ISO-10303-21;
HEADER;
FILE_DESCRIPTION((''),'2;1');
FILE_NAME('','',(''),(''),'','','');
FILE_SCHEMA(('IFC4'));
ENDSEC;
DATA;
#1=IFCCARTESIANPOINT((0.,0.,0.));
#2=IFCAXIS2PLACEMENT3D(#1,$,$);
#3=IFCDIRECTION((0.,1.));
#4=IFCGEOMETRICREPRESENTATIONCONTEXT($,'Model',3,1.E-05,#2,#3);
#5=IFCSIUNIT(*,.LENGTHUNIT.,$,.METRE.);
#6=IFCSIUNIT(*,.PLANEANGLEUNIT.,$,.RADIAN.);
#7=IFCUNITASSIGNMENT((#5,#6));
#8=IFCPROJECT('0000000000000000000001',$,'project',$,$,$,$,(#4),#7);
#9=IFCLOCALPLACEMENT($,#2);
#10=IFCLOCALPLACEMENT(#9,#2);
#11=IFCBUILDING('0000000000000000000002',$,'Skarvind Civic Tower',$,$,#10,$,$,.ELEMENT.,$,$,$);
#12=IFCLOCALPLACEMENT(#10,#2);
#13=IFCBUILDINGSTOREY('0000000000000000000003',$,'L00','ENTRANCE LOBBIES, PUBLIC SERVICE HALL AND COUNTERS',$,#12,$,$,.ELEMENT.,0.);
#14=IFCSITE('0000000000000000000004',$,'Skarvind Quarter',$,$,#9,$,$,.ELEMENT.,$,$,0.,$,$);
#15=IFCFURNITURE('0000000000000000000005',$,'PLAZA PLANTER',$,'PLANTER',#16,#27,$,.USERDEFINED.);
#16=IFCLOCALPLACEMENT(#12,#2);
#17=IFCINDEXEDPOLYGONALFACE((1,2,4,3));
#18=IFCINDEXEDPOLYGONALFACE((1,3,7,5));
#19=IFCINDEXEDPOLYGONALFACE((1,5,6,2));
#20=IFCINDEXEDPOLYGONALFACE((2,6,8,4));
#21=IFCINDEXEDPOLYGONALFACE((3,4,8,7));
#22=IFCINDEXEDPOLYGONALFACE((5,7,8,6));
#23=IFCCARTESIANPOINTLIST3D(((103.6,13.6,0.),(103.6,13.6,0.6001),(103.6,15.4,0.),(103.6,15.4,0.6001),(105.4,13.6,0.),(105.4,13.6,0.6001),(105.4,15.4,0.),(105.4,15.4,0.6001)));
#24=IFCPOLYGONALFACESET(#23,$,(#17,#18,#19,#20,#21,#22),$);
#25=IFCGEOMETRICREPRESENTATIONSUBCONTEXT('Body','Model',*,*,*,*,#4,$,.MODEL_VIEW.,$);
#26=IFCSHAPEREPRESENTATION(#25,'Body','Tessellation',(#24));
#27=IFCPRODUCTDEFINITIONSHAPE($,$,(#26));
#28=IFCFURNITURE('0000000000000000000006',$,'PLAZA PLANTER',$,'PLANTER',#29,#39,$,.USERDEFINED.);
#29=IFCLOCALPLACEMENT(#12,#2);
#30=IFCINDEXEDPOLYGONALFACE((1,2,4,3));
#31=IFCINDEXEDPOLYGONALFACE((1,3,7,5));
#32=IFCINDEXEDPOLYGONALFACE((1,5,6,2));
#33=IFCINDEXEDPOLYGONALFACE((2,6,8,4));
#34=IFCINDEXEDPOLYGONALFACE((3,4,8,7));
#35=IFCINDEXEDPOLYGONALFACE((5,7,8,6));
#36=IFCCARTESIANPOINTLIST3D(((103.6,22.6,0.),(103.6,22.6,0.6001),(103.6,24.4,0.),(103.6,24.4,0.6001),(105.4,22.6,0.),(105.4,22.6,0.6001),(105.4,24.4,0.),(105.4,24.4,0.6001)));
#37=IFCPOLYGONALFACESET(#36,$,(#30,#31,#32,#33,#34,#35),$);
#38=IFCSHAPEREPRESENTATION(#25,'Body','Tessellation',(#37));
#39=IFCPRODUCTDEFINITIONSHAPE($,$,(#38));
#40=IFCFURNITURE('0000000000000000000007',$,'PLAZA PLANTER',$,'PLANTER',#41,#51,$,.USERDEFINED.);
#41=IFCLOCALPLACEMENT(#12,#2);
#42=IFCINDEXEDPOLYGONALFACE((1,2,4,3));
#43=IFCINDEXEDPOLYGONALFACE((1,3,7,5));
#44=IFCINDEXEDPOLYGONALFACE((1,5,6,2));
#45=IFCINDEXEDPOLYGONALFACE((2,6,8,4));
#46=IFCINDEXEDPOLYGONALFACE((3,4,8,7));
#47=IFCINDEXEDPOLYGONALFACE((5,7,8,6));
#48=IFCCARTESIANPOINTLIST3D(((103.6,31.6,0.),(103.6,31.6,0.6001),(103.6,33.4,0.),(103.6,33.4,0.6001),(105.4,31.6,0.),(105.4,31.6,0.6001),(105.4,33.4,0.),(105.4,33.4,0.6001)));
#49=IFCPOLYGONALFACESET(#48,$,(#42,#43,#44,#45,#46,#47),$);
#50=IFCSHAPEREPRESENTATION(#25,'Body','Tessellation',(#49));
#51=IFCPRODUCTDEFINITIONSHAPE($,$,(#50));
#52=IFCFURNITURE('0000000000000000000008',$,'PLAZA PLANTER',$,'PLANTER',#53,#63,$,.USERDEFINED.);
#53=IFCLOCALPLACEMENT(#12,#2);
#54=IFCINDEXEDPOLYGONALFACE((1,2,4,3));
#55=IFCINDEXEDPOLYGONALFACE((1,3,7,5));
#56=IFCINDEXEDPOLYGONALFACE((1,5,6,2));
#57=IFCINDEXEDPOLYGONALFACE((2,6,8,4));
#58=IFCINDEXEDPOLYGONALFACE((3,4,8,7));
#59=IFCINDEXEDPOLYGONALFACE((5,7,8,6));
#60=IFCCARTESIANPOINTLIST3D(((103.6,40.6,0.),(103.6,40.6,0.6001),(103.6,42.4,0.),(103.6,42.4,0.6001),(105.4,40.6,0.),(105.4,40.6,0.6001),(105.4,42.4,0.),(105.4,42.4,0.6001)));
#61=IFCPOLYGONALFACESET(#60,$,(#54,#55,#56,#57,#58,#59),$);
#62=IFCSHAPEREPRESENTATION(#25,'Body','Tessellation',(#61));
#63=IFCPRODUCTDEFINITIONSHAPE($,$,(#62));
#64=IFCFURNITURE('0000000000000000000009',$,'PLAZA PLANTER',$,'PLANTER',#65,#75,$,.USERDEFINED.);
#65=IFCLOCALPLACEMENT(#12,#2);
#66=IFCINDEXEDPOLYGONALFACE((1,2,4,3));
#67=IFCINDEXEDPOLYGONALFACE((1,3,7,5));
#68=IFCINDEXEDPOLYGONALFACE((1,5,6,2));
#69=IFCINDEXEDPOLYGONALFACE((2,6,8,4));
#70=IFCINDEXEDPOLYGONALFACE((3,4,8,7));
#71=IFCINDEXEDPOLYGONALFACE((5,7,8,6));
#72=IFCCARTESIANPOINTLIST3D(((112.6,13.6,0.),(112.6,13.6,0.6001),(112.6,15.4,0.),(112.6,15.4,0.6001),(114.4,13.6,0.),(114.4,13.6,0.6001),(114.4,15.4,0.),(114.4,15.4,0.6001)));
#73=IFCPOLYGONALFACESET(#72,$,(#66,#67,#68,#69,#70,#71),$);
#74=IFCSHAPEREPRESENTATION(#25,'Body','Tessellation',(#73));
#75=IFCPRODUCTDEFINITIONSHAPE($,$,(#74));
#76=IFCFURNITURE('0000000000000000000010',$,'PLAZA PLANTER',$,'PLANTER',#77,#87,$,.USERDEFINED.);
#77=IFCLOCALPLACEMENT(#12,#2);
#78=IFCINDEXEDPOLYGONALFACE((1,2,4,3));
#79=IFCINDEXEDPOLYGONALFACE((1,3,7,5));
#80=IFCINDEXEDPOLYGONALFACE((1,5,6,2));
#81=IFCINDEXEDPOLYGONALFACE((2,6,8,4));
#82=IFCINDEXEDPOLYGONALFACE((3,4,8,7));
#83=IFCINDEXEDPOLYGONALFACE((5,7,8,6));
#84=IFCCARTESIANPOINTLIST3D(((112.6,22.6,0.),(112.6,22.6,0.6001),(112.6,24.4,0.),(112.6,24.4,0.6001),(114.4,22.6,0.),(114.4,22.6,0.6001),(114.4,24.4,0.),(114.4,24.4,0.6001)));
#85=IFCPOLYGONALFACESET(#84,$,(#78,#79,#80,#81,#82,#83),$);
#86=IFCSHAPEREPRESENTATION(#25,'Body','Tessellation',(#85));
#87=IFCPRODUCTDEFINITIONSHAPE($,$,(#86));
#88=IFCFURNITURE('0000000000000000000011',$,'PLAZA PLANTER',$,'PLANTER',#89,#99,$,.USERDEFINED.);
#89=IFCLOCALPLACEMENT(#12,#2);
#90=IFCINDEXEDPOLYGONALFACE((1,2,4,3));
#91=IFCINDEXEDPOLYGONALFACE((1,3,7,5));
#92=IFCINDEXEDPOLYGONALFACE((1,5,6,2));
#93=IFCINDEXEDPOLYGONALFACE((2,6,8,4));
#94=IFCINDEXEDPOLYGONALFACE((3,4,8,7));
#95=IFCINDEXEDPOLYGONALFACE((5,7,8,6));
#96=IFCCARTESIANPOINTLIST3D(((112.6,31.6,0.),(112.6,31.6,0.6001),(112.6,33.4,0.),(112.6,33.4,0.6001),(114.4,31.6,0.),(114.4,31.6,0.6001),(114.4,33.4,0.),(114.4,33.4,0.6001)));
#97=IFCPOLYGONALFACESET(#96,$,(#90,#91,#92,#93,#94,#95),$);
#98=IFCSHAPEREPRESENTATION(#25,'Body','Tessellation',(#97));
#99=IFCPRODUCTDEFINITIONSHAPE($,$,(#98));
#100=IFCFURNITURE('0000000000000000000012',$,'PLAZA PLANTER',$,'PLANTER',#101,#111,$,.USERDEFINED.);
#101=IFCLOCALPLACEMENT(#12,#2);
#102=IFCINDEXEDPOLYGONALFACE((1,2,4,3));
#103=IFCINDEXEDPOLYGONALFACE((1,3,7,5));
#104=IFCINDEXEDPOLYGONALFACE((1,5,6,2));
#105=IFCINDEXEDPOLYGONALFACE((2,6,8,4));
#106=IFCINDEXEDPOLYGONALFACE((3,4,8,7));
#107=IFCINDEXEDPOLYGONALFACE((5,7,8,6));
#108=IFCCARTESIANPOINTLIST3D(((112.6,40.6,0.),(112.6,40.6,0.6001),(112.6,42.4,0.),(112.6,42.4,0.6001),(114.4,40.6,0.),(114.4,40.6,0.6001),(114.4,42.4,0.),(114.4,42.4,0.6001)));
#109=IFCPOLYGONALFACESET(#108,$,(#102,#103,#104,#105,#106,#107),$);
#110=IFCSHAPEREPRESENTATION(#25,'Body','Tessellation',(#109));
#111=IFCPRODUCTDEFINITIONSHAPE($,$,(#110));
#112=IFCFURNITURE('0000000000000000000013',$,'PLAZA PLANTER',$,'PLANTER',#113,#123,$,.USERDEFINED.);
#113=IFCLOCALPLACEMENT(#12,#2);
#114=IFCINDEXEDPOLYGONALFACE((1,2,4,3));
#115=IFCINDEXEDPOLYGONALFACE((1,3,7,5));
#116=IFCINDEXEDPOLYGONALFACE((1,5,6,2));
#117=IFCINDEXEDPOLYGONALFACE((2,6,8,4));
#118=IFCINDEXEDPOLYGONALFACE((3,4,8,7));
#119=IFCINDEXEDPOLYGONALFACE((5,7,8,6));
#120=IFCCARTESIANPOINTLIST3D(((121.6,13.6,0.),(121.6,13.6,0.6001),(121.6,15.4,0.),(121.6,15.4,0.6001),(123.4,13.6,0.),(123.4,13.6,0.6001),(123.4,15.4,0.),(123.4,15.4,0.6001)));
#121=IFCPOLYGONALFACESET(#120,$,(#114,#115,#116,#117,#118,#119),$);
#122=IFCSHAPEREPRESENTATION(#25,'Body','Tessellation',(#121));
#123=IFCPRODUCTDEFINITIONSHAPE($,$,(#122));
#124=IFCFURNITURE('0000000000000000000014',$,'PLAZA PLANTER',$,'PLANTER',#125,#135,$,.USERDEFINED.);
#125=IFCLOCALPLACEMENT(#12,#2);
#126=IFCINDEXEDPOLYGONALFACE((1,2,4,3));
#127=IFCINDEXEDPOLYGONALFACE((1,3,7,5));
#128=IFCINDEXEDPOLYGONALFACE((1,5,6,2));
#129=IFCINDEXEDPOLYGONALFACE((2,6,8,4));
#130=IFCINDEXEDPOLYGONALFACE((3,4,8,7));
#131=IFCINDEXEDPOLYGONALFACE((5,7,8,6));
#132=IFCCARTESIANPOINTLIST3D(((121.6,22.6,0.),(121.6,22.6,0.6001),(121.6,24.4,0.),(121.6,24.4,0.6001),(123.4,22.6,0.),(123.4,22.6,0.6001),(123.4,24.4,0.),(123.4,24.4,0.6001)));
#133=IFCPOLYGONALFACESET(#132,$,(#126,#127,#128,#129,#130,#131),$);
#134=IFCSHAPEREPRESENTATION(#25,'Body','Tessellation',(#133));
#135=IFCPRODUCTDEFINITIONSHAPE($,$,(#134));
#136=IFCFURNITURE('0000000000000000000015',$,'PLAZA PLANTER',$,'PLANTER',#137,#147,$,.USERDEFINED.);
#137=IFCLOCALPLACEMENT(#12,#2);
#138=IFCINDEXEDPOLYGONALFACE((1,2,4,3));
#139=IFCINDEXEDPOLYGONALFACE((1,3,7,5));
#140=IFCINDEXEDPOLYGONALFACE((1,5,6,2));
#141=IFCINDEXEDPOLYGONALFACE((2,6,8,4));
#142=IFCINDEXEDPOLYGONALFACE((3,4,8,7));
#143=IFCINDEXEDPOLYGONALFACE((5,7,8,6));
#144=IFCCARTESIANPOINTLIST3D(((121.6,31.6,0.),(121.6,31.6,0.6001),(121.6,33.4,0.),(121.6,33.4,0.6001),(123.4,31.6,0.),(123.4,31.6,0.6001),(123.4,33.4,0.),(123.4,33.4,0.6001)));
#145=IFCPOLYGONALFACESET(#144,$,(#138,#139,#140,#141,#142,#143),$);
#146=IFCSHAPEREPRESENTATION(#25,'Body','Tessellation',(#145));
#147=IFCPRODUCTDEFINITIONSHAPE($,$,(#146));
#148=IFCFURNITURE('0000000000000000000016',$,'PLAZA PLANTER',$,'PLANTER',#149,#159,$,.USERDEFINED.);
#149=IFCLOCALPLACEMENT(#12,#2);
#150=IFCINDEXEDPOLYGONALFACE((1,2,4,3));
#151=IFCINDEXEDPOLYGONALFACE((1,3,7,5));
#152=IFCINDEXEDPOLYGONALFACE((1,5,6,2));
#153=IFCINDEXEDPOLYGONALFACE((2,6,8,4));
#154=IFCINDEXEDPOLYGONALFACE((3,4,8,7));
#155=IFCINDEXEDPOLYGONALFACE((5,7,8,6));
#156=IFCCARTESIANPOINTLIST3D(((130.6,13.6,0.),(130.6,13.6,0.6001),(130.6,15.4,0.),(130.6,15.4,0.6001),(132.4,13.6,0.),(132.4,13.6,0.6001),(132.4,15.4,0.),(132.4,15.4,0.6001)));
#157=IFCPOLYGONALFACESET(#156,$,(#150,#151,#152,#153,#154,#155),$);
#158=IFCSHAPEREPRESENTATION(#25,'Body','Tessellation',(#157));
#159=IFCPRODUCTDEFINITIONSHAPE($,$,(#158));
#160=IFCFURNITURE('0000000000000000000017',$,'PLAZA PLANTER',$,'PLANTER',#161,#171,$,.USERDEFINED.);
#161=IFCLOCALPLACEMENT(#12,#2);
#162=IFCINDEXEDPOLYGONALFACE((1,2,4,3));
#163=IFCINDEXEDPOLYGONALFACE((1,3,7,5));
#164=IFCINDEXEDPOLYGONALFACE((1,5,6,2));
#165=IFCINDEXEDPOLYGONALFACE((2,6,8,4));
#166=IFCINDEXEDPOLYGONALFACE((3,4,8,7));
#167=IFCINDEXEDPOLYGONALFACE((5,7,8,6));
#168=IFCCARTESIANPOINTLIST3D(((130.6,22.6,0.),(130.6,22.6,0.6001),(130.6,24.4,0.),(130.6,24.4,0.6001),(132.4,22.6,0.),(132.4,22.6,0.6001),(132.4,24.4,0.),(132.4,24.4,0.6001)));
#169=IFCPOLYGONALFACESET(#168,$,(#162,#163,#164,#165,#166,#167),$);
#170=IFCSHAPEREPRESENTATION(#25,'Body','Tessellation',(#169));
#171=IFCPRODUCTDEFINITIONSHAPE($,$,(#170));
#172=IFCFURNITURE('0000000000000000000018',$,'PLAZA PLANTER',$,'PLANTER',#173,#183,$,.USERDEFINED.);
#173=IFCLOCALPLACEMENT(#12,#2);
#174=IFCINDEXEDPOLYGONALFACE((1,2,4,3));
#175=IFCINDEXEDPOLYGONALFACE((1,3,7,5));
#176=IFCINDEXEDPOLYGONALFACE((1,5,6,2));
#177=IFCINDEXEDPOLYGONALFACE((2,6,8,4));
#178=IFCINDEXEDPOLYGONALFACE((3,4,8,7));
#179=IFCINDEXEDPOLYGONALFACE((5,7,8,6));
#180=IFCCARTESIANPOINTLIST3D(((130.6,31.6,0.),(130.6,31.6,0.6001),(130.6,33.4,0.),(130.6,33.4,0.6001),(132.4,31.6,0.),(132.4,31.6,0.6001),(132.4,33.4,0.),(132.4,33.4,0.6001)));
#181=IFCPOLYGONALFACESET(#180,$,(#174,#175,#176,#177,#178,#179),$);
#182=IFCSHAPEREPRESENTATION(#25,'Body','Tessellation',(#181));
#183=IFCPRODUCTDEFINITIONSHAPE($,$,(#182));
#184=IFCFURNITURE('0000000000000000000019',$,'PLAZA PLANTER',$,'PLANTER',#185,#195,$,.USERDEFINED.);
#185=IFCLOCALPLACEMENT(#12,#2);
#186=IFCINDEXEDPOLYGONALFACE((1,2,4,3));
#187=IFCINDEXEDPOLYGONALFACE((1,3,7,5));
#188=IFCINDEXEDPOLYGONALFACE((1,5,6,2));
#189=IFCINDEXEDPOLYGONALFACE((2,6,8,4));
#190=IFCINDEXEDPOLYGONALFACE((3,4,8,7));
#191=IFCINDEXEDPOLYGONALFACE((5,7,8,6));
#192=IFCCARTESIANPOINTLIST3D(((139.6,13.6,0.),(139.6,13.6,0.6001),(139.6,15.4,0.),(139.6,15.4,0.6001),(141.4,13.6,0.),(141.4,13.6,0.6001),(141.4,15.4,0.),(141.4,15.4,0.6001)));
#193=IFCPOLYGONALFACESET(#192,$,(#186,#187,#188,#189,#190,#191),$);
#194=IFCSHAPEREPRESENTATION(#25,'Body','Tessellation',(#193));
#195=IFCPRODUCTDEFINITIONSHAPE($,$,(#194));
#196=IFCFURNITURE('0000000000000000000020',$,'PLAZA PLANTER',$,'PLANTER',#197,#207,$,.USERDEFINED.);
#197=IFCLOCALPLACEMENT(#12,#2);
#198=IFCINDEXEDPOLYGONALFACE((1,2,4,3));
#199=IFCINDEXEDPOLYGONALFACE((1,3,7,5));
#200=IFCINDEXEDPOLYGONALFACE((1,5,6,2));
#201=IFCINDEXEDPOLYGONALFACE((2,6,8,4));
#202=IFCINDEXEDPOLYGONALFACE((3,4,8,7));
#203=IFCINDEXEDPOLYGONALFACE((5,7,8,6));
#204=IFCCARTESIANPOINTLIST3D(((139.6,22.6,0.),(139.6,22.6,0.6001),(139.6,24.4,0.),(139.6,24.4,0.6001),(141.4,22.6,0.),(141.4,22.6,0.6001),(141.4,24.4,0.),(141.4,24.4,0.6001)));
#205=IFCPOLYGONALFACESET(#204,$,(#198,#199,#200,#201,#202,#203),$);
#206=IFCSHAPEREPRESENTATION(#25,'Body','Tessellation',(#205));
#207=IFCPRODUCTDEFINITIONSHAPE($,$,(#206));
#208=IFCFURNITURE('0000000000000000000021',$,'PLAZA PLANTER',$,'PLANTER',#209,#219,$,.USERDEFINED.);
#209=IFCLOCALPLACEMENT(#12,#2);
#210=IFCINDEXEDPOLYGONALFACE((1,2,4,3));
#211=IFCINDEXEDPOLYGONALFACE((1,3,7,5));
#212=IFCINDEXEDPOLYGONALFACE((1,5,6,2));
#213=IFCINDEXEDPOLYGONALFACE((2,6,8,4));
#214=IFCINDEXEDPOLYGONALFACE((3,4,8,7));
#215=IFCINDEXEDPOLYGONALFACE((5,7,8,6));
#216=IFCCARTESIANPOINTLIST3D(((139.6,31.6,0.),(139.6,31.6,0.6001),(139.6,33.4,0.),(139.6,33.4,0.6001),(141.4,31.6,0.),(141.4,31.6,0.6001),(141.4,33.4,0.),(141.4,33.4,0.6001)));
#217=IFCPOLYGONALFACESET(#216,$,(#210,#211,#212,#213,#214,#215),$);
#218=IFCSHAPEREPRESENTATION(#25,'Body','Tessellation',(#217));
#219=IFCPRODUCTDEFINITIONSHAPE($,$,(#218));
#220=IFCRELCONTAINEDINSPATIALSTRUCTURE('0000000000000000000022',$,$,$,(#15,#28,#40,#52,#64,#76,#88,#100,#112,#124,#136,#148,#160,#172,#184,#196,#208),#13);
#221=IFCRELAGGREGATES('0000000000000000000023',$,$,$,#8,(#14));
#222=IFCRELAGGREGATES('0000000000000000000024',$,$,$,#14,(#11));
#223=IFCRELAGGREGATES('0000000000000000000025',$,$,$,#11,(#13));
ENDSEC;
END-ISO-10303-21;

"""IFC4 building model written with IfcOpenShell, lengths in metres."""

from ifc_helpers import new_model, si_unit, direction, frame, origin, origin_2d, place, context, subcontext, project, spatial, rectangle, extrude, element, save


model = new_model("IFC4")

# Units and contexts
model_context = context("Model", 3, precision=1e-05, world=origin(), true_north=direction((0.0, 1.0)))
body_context = subcontext(model_context, "Body", "Model", "MODEL_VIEW")
ifc_project = project(units=[si_unit("LENGTHUNIT", "METRE"), si_unit("PLANEANGLEUNIT", "RADIAN")], contexts=[model_context])

# Site, building, storey
site_placement = place(None, origin())
site = spatial("IfcSite", under=ifc_project, at=site_placement, Name="Skarvind Quarter", CompositionType="ELEMENT", RefElevation=0.0)
building_placement = place(site_placement, origin())
building = spatial("IfcBuilding", under=site, at=building_placement, Name="Skarvind Civic Tower", CompositionType="ELEMENT")
storey_placement = place(building_placement, origin())
storey = spatial("IfcBuildingStorey", under=building, at=storey_placement, Name="L00", Description="ENTRANCE LOBBIES, PUBLIC SERVICE HALL AND COUNTERS", CompositionType="ELEMENT", Elevation=0.0)

# Furniture
for number, where, z_axis, x_axis, name in (
    (1, (104.5, 14.5, 0.0), (0.0, 0.0, 1.0), (1.0, 0.0, 0.0), "PLAZA PLANTER"),
    (2, (104.5, 23.5, 0.0), (0.0, 0.0, 1.0), (1.0, 0.0, 0.0), "PLAZA PLANTER"),
    (3, (104.5, 32.5, 0.0), (0.0, 0.0, 1.0), (1.0, 0.0, 0.0), "PLAZA PLANTER"),
    (4, (104.5, 41.5, 0.0), (0.0, 0.0, 1.0), (1.0, 0.0, 0.0), "PLAZA PLANTER"),
    (5, (113.5, 14.5, 0.0), (0.0, 0.0, 1.0), (1.0, 0.0, 0.0), "PLAZA PLANTER"),
    (6, (113.5, 23.5, 0.0), (0.0, 0.0, 1.0), (1.0, 0.0, 0.0), "PLAZA PLANTER"),
    (7, (113.5, 32.5, 0.0), (0.0, 0.0, 1.0), (1.0, 0.0, 0.0), "PLAZA PLANTER"),
    (8, (113.5, 41.5, 0.0), (0.0, 0.0, 1.0), (1.0, 0.0, 0.0), "PLAZA PLANTER"),
    (9, (122.5, 14.5, 0.0), (0.0, 0.0, 1.0), (1.0, 0.0, 0.0), "PLAZA PLANTER"),
    (10, (122.5, 23.5, 0.0), (0.0, 0.0, 1.0), (1.0, 0.0, 0.0), "PLAZA PLANTER"),
    (11, (122.5, 32.5, 0.0), (0.0, 0.0, 1.0), (1.0, 0.0, 0.0), "PLAZA PLANTER"),
    (12, (131.5, 14.5, 0.0), (0.0, 0.0, 1.0), (1.0, 0.0, 0.0), "PLAZA PLANTER"),
    (13, (131.5, 23.5, 0.0), (0.0, 0.0, 1.0), (1.0, 0.0, 0.0), "PLAZA PLANTER"),
    (14, (131.5, 32.5, 0.0), (0.0, 0.0, 1.0), (1.0, 0.0, 0.0), "PLAZA PLANTER"),
    (15, (140.5, 14.5, 0.0), (0.0, 0.0, 1.0), (1.0, 0.0, 0.0), "PLAZA PLANTER"),
    (16, (140.5, 23.5, 0.0), (0.0, 0.0, 1.0), (1.0, 0.0, 0.0), "PLAZA PLANTER"),
    (17, (140.5, 32.5, 0.0), (0.0, 0.0, 1.0), (1.0, 0.0, 0.0), "PLAZA PLANTER"),
):
    element("IfcFurniture", number, at=place(storey_placement, frame(where, z_axis=z_axis, x_axis=x_axis)), inside=storey, Name=name, ObjectType="PLANTER", PredefinedType="USERDEFINED", context=body_context, shape_type="SweptSolid", body=[
        extrude(rectangle(XDim=1.8, YDim=1.8, at=origin_2d()), origin(), (0.0, 0.0, 1.0), 0.6001),
    ])

save(model, "model.ifc")
